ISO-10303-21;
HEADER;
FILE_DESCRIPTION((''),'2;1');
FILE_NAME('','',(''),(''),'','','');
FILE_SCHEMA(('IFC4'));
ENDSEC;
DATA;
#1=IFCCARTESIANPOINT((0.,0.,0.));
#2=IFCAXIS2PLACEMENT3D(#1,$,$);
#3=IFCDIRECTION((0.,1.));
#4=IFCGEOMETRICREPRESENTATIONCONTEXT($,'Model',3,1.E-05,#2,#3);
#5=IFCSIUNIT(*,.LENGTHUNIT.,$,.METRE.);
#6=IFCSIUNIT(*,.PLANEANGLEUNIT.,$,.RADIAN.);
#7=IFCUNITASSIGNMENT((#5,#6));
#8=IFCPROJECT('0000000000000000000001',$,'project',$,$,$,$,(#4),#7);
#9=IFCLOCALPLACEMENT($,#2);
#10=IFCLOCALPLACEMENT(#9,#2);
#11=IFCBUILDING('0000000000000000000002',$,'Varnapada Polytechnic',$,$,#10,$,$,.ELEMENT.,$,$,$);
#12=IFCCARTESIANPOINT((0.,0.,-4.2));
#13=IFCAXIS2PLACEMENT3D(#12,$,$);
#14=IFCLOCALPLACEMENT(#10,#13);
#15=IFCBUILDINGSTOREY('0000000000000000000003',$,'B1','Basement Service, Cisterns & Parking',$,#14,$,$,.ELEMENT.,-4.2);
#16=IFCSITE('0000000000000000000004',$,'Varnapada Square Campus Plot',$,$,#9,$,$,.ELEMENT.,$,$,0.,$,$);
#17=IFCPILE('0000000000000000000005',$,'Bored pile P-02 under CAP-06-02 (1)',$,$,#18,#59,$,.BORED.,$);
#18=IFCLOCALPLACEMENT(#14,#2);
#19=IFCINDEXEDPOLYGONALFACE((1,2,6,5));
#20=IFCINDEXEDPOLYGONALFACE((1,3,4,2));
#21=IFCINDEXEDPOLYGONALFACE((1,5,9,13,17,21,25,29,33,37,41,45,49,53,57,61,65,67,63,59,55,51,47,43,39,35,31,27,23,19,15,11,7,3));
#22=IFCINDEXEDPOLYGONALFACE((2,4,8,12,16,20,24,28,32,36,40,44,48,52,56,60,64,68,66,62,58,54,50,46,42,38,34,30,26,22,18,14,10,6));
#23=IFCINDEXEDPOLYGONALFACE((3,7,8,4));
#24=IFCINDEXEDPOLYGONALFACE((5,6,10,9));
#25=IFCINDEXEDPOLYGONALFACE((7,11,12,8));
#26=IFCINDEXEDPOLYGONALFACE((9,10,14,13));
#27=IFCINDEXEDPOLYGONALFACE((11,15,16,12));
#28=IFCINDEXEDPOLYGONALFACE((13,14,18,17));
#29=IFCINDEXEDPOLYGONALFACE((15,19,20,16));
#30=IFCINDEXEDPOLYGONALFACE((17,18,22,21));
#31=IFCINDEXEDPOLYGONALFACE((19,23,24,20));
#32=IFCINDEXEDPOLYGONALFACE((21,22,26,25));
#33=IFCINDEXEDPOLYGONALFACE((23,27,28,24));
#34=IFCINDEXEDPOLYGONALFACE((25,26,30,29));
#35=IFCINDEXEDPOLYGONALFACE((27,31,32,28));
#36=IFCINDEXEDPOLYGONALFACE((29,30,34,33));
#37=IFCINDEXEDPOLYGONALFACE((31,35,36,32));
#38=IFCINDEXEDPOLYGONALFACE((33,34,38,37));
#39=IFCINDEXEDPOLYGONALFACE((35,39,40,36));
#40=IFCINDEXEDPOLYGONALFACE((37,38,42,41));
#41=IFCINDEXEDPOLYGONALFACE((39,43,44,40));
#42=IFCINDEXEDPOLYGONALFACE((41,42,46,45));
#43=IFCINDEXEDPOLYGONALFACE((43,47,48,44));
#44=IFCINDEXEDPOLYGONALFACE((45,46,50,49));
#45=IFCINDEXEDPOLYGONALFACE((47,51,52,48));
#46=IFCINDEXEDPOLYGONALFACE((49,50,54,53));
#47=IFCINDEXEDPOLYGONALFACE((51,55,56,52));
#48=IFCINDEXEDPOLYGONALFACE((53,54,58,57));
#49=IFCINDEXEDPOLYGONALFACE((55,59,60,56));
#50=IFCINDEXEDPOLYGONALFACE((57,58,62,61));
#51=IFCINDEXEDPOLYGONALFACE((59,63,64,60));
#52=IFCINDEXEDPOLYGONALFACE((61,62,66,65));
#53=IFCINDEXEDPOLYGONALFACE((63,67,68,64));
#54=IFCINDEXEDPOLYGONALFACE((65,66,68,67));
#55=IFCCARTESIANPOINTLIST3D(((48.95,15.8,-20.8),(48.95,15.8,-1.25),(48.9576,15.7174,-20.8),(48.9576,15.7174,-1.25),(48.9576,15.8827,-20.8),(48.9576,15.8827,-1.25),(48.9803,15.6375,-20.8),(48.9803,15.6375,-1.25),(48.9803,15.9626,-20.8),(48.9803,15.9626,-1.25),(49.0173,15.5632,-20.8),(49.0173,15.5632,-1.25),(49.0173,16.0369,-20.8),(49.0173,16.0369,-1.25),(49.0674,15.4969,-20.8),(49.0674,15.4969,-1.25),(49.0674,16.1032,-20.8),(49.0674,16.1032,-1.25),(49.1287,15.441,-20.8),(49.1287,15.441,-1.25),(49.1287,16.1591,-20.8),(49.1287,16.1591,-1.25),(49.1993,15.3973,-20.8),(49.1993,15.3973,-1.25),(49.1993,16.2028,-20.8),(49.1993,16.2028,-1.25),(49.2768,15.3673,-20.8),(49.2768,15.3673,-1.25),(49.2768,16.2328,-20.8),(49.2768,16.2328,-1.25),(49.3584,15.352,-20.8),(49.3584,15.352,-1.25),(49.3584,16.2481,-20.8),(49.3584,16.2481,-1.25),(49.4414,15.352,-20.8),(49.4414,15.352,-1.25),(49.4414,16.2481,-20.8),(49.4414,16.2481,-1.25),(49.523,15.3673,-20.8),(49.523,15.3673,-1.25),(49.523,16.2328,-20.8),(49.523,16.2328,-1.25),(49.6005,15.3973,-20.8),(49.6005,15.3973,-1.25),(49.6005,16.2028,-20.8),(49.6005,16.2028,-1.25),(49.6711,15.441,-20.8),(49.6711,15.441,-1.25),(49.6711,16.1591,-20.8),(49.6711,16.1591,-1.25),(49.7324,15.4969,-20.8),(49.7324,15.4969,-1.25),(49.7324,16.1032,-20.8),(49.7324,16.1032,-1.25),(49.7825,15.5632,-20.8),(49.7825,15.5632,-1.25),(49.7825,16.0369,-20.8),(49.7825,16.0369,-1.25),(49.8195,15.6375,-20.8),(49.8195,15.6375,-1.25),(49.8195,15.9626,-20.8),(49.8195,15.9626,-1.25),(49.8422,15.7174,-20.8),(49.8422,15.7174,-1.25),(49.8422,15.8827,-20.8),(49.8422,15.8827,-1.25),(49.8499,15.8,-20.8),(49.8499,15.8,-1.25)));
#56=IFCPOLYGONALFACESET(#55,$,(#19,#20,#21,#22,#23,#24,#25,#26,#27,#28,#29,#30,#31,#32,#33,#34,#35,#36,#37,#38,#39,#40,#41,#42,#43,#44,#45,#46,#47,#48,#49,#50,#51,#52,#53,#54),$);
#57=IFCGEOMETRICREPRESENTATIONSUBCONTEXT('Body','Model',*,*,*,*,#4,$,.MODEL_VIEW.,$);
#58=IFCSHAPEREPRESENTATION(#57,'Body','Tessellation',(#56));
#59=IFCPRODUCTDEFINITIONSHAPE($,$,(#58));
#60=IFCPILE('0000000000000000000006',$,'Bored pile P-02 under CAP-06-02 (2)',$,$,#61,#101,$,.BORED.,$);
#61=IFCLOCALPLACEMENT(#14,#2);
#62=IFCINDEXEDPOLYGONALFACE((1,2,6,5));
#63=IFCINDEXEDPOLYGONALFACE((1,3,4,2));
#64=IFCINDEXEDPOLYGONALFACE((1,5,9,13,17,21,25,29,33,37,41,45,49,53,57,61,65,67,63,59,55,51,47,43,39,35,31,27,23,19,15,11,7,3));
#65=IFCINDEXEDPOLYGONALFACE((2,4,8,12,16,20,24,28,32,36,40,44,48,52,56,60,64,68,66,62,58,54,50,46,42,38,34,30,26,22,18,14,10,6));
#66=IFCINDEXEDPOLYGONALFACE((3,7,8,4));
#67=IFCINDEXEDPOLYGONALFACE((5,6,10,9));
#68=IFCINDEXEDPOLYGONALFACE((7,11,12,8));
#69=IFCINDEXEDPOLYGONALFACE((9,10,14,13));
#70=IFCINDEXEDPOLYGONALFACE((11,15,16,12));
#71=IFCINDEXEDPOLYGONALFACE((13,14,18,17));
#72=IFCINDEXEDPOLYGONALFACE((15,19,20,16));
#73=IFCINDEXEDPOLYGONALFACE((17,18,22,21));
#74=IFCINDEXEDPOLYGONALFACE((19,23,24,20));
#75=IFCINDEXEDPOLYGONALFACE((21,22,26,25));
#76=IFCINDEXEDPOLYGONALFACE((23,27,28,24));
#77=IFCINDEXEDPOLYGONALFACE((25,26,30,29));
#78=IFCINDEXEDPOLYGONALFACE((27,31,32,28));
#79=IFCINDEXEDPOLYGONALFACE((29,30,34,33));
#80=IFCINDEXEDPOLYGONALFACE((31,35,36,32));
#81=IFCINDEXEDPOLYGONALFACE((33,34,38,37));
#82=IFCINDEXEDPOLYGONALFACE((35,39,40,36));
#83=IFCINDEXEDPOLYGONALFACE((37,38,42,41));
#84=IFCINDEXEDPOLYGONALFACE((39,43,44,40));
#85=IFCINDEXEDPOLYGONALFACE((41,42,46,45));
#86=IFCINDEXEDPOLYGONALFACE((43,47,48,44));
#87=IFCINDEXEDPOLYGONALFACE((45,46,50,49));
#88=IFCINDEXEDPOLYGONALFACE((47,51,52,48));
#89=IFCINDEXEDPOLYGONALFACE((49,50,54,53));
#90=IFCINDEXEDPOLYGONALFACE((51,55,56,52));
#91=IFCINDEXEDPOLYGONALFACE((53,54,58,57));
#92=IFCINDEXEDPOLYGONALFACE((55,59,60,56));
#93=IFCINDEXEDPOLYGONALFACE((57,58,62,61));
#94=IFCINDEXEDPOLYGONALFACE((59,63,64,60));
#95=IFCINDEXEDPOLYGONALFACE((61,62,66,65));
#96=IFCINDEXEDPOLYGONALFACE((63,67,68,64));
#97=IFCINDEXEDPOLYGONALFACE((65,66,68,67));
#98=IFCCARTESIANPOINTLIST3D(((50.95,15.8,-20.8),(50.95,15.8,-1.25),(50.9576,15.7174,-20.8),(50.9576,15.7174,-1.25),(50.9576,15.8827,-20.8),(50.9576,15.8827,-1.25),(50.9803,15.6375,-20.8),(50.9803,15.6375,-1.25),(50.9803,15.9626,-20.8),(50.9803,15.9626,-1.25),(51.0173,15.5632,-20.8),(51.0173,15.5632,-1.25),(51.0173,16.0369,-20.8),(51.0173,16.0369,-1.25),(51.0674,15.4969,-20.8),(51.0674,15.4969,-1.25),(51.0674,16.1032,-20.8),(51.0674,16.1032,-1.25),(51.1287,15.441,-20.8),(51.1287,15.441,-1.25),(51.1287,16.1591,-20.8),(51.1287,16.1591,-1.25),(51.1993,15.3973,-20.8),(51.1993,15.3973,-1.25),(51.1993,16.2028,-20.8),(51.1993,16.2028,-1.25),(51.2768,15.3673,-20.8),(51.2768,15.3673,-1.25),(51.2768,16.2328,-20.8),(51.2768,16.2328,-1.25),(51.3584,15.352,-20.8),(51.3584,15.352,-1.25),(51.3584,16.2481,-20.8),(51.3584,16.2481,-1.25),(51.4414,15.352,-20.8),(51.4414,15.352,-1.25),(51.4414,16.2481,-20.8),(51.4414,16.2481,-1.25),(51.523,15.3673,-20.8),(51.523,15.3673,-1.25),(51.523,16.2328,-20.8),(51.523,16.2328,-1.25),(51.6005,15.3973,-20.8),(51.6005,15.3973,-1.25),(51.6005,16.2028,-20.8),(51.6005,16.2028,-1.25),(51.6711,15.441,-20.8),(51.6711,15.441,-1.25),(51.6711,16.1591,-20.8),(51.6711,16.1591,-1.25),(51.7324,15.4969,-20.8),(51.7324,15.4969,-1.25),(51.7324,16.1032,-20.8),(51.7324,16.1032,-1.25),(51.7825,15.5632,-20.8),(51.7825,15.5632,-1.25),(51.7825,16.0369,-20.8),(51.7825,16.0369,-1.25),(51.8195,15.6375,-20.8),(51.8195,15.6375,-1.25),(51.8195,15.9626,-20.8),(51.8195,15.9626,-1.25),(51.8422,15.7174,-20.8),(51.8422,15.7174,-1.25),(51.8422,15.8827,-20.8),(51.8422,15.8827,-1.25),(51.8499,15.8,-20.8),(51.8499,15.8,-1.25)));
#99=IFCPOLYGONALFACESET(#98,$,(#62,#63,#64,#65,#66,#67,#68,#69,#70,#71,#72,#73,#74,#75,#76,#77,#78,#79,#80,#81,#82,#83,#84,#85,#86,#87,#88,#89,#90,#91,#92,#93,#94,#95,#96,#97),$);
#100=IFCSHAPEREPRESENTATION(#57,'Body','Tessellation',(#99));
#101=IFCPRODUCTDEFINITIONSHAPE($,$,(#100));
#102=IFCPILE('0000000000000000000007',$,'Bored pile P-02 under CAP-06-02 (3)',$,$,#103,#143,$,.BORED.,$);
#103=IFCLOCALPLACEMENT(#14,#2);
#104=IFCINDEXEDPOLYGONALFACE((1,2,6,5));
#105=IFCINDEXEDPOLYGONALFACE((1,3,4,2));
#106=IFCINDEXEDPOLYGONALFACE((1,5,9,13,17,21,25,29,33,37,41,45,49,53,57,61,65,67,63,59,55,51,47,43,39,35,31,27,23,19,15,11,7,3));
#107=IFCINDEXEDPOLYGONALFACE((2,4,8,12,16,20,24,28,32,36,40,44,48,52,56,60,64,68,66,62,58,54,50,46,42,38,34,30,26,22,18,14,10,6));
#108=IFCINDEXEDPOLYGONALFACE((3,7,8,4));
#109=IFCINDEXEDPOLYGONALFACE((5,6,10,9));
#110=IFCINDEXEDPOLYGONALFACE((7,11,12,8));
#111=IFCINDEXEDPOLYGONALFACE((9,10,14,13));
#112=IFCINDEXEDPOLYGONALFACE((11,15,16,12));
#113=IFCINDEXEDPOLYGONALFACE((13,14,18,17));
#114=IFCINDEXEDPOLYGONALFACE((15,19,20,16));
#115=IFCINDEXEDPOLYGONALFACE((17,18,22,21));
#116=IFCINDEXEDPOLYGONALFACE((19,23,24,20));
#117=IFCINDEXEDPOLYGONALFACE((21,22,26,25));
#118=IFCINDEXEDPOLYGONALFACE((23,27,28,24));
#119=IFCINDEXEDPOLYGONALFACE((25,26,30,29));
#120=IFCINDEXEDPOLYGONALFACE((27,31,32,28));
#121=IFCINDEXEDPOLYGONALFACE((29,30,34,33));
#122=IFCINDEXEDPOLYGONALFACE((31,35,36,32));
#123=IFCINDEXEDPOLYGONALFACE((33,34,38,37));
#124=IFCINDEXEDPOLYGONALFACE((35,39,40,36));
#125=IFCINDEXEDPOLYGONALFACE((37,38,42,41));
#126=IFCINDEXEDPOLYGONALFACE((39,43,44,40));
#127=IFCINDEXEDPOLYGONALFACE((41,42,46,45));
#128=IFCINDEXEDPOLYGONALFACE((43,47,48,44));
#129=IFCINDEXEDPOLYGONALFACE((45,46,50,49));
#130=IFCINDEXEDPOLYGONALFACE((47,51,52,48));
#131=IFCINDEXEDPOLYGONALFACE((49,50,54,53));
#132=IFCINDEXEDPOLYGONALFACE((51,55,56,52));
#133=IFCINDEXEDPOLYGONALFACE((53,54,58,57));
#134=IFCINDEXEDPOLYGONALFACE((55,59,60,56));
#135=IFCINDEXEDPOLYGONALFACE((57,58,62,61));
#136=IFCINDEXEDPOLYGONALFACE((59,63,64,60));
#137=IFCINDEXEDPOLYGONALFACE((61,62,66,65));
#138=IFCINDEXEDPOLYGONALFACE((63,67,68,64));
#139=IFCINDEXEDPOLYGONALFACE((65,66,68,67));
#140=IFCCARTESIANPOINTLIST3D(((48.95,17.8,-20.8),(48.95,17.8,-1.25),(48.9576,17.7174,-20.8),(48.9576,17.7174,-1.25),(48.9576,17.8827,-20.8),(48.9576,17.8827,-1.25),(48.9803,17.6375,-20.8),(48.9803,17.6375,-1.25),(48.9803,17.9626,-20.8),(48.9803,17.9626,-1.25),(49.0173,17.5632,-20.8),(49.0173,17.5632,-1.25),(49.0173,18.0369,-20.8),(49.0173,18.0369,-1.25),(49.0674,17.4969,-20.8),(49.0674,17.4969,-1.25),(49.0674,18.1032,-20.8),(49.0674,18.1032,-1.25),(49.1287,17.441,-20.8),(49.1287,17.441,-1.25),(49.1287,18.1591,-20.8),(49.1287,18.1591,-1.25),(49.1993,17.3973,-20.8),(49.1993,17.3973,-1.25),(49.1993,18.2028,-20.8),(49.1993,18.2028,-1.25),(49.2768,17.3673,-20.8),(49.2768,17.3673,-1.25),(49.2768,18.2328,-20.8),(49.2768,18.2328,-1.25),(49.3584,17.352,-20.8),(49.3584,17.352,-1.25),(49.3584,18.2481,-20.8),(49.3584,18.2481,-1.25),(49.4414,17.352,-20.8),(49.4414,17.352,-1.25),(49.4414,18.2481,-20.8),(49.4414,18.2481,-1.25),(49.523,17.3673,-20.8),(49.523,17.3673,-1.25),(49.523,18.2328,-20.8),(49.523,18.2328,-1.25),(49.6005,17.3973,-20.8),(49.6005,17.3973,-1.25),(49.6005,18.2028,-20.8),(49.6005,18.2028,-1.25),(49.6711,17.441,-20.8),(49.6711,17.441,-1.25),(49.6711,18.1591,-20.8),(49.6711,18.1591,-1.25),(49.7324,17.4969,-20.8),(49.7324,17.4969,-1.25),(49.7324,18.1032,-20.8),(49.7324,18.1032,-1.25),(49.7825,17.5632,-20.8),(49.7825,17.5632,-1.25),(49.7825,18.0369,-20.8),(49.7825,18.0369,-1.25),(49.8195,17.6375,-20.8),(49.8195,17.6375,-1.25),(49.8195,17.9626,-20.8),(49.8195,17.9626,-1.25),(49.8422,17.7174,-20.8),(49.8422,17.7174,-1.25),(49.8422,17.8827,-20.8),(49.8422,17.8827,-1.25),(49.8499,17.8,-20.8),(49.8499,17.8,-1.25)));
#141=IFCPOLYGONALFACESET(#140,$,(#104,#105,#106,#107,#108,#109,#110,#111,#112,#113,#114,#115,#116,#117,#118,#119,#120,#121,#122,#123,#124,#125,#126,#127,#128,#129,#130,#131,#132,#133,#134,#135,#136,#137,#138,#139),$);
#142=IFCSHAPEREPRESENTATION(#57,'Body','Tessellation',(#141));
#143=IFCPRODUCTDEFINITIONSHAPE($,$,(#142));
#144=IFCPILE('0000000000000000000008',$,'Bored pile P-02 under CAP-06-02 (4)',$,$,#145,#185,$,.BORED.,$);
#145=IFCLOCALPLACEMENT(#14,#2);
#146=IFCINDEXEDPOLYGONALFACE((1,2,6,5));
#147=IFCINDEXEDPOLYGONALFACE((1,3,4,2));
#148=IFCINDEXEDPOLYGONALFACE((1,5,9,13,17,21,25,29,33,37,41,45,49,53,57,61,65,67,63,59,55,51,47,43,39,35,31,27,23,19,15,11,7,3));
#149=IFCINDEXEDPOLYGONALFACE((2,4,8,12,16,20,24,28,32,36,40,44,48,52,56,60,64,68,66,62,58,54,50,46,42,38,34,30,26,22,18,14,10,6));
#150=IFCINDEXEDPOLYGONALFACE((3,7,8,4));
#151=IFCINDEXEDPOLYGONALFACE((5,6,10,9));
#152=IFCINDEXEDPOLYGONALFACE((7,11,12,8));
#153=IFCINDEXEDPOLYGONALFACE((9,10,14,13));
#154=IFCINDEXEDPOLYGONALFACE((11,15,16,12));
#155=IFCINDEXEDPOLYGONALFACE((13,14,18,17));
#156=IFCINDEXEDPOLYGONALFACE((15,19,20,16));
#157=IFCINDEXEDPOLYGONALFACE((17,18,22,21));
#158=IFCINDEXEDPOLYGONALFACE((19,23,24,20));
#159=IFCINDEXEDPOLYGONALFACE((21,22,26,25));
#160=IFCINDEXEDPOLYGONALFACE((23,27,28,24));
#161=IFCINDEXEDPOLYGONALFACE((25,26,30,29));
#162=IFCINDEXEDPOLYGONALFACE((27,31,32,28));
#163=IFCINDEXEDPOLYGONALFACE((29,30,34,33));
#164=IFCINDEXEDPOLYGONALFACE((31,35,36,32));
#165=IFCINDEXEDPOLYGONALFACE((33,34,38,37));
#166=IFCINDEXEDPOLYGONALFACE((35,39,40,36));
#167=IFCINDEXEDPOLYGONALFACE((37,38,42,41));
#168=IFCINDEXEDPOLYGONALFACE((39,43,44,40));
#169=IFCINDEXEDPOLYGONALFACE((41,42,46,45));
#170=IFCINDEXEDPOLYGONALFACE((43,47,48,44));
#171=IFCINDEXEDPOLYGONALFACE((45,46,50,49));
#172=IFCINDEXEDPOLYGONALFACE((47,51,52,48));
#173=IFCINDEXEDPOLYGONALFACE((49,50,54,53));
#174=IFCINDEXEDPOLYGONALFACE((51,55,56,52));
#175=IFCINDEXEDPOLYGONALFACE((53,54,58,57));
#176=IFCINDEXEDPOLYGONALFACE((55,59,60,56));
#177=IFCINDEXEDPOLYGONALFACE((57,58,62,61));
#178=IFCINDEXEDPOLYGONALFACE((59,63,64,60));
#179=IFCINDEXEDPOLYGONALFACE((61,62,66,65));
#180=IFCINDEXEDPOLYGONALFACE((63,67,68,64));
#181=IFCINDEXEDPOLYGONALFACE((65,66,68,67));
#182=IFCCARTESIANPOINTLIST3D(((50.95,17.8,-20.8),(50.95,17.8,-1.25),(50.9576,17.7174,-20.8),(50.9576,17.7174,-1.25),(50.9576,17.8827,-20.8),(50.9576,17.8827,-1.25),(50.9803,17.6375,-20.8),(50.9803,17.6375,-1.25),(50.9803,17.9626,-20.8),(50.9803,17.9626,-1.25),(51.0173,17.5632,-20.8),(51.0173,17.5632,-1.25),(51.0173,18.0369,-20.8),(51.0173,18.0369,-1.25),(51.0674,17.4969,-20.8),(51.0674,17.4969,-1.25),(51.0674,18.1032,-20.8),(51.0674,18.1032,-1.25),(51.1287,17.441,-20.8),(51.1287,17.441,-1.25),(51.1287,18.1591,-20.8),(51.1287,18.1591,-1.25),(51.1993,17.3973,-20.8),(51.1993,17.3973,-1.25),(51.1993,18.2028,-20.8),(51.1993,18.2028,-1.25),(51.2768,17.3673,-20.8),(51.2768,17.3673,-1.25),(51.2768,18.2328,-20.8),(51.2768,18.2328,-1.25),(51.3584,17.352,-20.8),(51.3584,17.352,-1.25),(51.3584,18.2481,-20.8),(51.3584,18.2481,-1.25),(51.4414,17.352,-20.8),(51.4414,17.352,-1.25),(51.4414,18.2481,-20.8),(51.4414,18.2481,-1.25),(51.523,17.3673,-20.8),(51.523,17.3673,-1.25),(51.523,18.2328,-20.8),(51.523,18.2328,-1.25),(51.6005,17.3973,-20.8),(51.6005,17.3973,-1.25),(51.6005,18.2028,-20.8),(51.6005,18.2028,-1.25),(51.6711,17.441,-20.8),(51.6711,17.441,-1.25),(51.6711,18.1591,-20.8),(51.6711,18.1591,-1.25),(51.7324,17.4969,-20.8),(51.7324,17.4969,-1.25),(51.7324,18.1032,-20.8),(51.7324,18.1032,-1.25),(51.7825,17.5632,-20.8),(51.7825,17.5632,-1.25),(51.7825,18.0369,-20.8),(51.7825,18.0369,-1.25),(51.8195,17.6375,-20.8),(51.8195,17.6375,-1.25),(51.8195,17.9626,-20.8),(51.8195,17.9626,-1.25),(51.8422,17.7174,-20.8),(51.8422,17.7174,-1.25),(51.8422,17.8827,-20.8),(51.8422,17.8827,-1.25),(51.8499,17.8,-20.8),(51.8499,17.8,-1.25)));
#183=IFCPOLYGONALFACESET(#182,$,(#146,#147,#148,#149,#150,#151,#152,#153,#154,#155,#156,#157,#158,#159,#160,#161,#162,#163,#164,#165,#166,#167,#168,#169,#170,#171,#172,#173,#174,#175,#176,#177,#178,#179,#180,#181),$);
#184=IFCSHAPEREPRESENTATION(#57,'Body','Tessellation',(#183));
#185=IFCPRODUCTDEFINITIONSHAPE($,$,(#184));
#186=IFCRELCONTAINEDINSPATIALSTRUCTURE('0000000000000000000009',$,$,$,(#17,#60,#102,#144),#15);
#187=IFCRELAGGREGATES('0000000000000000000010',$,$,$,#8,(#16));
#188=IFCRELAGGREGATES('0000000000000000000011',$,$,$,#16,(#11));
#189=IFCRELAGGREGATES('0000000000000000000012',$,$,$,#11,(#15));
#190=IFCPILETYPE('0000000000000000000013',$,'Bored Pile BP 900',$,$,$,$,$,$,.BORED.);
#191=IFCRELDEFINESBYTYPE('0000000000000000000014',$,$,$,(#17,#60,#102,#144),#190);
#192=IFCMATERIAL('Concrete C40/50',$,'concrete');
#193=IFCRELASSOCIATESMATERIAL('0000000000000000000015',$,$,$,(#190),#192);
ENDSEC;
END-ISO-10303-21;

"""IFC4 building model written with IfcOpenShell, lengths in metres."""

from ifc_helpers import new_model, si_unit, direction, frame, origin, origin_2d, place, context, subcontext, project, spatial, circle, extrude, material, material_profile, profile_set, type_object, element, save


model = new_model("IFC4")

# Units and contexts
model_context = context("Model", 3, precision=1e-05, world=origin(), true_north=direction((0.0, 1.0)))
body_context = subcontext(model_context, "Body", "Model", "MODEL_VIEW")
ifc_project = project(units=[si_unit("LENGTHUNIT", "METRE"), si_unit("PLANEANGLEUNIT", "RADIAN")], contexts=[model_context])

# Site, building, storey
site_placement = place(None, origin())
site = spatial("IfcSite", under=ifc_project, at=site_placement, Name="Varnapada Square Campus Plot", CompositionType="ELEMENT", RefElevation=0.0)
building_placement = place(site_placement, origin())
building = spatial("IfcBuilding", under=site, at=building_placement, Name="Varnapada Polytechnic", CompositionType="ELEMENT")
storey_placement = place(building_placement, frame((0.0, 0.0, -4.2)))
storey = spatial("IfcBuildingStorey", under=building, at=storey_placement, Name="B1", Description="Basement Service, Cisterns & Parking", CompositionType="ELEMENT", Elevation=-4.2)

# Piles
ifc_material_1 = material(Name="Concrete C40/50", Category="concrete")
ifc_material_profile_1 = material_profile(ifc_material_1, circle(Radius=0.45, at=origin_2d()), Name="BP 900")
ifc_profile_set_1 = profile_set([ifc_material_profile_1], Name="Concrete C40/50")
pile_type = type_object("IfcPileType", Name="Bored Pile BP 900", PredefinedType="BORED", material=ifc_profile_set_1)
for number, where, z_axis, x_axis, name in (
    (1, (49.3999, 15.8, -1.25), (0.0, 0.0, -1.0), (1.0, 0.0, 0.0), "Bored pile P-02 under CAP-06-02 (1)"),
    (2, (51.3999, 15.8, -1.25), (0.0, 0.0, -1.0), (1.0, 0.0, 0.0), "Bored pile P-02 under CAP-06-02 (2)"),
    (3, (49.3999, 17.8, -1.25), (0.0, 0.0, -1.0), (1.0, 0.0, 0.0), "Bored pile P-02 under CAP-06-02 (3)"),
    (4, (51.3999, 17.8, -1.25), (0.0, 0.0, -1.0), (1.0, 0.0, 0.0), "Bored pile P-02 under CAP-06-02 (4)"),
):
    element("IfcPile", number, at=place(storey_placement, frame(where, z_axis=z_axis, x_axis=x_axis)), inside=storey, type_object=pile_type, Name=name, PredefinedType="BORED", context=body_context, shape_type="SweptSolid", body=[
        extrude(circle(Radius=0.45, at=origin_2d()), origin(), (0.0, 0.0, 1.0), 19.55),
    ])

save(model, "model.ifc")
